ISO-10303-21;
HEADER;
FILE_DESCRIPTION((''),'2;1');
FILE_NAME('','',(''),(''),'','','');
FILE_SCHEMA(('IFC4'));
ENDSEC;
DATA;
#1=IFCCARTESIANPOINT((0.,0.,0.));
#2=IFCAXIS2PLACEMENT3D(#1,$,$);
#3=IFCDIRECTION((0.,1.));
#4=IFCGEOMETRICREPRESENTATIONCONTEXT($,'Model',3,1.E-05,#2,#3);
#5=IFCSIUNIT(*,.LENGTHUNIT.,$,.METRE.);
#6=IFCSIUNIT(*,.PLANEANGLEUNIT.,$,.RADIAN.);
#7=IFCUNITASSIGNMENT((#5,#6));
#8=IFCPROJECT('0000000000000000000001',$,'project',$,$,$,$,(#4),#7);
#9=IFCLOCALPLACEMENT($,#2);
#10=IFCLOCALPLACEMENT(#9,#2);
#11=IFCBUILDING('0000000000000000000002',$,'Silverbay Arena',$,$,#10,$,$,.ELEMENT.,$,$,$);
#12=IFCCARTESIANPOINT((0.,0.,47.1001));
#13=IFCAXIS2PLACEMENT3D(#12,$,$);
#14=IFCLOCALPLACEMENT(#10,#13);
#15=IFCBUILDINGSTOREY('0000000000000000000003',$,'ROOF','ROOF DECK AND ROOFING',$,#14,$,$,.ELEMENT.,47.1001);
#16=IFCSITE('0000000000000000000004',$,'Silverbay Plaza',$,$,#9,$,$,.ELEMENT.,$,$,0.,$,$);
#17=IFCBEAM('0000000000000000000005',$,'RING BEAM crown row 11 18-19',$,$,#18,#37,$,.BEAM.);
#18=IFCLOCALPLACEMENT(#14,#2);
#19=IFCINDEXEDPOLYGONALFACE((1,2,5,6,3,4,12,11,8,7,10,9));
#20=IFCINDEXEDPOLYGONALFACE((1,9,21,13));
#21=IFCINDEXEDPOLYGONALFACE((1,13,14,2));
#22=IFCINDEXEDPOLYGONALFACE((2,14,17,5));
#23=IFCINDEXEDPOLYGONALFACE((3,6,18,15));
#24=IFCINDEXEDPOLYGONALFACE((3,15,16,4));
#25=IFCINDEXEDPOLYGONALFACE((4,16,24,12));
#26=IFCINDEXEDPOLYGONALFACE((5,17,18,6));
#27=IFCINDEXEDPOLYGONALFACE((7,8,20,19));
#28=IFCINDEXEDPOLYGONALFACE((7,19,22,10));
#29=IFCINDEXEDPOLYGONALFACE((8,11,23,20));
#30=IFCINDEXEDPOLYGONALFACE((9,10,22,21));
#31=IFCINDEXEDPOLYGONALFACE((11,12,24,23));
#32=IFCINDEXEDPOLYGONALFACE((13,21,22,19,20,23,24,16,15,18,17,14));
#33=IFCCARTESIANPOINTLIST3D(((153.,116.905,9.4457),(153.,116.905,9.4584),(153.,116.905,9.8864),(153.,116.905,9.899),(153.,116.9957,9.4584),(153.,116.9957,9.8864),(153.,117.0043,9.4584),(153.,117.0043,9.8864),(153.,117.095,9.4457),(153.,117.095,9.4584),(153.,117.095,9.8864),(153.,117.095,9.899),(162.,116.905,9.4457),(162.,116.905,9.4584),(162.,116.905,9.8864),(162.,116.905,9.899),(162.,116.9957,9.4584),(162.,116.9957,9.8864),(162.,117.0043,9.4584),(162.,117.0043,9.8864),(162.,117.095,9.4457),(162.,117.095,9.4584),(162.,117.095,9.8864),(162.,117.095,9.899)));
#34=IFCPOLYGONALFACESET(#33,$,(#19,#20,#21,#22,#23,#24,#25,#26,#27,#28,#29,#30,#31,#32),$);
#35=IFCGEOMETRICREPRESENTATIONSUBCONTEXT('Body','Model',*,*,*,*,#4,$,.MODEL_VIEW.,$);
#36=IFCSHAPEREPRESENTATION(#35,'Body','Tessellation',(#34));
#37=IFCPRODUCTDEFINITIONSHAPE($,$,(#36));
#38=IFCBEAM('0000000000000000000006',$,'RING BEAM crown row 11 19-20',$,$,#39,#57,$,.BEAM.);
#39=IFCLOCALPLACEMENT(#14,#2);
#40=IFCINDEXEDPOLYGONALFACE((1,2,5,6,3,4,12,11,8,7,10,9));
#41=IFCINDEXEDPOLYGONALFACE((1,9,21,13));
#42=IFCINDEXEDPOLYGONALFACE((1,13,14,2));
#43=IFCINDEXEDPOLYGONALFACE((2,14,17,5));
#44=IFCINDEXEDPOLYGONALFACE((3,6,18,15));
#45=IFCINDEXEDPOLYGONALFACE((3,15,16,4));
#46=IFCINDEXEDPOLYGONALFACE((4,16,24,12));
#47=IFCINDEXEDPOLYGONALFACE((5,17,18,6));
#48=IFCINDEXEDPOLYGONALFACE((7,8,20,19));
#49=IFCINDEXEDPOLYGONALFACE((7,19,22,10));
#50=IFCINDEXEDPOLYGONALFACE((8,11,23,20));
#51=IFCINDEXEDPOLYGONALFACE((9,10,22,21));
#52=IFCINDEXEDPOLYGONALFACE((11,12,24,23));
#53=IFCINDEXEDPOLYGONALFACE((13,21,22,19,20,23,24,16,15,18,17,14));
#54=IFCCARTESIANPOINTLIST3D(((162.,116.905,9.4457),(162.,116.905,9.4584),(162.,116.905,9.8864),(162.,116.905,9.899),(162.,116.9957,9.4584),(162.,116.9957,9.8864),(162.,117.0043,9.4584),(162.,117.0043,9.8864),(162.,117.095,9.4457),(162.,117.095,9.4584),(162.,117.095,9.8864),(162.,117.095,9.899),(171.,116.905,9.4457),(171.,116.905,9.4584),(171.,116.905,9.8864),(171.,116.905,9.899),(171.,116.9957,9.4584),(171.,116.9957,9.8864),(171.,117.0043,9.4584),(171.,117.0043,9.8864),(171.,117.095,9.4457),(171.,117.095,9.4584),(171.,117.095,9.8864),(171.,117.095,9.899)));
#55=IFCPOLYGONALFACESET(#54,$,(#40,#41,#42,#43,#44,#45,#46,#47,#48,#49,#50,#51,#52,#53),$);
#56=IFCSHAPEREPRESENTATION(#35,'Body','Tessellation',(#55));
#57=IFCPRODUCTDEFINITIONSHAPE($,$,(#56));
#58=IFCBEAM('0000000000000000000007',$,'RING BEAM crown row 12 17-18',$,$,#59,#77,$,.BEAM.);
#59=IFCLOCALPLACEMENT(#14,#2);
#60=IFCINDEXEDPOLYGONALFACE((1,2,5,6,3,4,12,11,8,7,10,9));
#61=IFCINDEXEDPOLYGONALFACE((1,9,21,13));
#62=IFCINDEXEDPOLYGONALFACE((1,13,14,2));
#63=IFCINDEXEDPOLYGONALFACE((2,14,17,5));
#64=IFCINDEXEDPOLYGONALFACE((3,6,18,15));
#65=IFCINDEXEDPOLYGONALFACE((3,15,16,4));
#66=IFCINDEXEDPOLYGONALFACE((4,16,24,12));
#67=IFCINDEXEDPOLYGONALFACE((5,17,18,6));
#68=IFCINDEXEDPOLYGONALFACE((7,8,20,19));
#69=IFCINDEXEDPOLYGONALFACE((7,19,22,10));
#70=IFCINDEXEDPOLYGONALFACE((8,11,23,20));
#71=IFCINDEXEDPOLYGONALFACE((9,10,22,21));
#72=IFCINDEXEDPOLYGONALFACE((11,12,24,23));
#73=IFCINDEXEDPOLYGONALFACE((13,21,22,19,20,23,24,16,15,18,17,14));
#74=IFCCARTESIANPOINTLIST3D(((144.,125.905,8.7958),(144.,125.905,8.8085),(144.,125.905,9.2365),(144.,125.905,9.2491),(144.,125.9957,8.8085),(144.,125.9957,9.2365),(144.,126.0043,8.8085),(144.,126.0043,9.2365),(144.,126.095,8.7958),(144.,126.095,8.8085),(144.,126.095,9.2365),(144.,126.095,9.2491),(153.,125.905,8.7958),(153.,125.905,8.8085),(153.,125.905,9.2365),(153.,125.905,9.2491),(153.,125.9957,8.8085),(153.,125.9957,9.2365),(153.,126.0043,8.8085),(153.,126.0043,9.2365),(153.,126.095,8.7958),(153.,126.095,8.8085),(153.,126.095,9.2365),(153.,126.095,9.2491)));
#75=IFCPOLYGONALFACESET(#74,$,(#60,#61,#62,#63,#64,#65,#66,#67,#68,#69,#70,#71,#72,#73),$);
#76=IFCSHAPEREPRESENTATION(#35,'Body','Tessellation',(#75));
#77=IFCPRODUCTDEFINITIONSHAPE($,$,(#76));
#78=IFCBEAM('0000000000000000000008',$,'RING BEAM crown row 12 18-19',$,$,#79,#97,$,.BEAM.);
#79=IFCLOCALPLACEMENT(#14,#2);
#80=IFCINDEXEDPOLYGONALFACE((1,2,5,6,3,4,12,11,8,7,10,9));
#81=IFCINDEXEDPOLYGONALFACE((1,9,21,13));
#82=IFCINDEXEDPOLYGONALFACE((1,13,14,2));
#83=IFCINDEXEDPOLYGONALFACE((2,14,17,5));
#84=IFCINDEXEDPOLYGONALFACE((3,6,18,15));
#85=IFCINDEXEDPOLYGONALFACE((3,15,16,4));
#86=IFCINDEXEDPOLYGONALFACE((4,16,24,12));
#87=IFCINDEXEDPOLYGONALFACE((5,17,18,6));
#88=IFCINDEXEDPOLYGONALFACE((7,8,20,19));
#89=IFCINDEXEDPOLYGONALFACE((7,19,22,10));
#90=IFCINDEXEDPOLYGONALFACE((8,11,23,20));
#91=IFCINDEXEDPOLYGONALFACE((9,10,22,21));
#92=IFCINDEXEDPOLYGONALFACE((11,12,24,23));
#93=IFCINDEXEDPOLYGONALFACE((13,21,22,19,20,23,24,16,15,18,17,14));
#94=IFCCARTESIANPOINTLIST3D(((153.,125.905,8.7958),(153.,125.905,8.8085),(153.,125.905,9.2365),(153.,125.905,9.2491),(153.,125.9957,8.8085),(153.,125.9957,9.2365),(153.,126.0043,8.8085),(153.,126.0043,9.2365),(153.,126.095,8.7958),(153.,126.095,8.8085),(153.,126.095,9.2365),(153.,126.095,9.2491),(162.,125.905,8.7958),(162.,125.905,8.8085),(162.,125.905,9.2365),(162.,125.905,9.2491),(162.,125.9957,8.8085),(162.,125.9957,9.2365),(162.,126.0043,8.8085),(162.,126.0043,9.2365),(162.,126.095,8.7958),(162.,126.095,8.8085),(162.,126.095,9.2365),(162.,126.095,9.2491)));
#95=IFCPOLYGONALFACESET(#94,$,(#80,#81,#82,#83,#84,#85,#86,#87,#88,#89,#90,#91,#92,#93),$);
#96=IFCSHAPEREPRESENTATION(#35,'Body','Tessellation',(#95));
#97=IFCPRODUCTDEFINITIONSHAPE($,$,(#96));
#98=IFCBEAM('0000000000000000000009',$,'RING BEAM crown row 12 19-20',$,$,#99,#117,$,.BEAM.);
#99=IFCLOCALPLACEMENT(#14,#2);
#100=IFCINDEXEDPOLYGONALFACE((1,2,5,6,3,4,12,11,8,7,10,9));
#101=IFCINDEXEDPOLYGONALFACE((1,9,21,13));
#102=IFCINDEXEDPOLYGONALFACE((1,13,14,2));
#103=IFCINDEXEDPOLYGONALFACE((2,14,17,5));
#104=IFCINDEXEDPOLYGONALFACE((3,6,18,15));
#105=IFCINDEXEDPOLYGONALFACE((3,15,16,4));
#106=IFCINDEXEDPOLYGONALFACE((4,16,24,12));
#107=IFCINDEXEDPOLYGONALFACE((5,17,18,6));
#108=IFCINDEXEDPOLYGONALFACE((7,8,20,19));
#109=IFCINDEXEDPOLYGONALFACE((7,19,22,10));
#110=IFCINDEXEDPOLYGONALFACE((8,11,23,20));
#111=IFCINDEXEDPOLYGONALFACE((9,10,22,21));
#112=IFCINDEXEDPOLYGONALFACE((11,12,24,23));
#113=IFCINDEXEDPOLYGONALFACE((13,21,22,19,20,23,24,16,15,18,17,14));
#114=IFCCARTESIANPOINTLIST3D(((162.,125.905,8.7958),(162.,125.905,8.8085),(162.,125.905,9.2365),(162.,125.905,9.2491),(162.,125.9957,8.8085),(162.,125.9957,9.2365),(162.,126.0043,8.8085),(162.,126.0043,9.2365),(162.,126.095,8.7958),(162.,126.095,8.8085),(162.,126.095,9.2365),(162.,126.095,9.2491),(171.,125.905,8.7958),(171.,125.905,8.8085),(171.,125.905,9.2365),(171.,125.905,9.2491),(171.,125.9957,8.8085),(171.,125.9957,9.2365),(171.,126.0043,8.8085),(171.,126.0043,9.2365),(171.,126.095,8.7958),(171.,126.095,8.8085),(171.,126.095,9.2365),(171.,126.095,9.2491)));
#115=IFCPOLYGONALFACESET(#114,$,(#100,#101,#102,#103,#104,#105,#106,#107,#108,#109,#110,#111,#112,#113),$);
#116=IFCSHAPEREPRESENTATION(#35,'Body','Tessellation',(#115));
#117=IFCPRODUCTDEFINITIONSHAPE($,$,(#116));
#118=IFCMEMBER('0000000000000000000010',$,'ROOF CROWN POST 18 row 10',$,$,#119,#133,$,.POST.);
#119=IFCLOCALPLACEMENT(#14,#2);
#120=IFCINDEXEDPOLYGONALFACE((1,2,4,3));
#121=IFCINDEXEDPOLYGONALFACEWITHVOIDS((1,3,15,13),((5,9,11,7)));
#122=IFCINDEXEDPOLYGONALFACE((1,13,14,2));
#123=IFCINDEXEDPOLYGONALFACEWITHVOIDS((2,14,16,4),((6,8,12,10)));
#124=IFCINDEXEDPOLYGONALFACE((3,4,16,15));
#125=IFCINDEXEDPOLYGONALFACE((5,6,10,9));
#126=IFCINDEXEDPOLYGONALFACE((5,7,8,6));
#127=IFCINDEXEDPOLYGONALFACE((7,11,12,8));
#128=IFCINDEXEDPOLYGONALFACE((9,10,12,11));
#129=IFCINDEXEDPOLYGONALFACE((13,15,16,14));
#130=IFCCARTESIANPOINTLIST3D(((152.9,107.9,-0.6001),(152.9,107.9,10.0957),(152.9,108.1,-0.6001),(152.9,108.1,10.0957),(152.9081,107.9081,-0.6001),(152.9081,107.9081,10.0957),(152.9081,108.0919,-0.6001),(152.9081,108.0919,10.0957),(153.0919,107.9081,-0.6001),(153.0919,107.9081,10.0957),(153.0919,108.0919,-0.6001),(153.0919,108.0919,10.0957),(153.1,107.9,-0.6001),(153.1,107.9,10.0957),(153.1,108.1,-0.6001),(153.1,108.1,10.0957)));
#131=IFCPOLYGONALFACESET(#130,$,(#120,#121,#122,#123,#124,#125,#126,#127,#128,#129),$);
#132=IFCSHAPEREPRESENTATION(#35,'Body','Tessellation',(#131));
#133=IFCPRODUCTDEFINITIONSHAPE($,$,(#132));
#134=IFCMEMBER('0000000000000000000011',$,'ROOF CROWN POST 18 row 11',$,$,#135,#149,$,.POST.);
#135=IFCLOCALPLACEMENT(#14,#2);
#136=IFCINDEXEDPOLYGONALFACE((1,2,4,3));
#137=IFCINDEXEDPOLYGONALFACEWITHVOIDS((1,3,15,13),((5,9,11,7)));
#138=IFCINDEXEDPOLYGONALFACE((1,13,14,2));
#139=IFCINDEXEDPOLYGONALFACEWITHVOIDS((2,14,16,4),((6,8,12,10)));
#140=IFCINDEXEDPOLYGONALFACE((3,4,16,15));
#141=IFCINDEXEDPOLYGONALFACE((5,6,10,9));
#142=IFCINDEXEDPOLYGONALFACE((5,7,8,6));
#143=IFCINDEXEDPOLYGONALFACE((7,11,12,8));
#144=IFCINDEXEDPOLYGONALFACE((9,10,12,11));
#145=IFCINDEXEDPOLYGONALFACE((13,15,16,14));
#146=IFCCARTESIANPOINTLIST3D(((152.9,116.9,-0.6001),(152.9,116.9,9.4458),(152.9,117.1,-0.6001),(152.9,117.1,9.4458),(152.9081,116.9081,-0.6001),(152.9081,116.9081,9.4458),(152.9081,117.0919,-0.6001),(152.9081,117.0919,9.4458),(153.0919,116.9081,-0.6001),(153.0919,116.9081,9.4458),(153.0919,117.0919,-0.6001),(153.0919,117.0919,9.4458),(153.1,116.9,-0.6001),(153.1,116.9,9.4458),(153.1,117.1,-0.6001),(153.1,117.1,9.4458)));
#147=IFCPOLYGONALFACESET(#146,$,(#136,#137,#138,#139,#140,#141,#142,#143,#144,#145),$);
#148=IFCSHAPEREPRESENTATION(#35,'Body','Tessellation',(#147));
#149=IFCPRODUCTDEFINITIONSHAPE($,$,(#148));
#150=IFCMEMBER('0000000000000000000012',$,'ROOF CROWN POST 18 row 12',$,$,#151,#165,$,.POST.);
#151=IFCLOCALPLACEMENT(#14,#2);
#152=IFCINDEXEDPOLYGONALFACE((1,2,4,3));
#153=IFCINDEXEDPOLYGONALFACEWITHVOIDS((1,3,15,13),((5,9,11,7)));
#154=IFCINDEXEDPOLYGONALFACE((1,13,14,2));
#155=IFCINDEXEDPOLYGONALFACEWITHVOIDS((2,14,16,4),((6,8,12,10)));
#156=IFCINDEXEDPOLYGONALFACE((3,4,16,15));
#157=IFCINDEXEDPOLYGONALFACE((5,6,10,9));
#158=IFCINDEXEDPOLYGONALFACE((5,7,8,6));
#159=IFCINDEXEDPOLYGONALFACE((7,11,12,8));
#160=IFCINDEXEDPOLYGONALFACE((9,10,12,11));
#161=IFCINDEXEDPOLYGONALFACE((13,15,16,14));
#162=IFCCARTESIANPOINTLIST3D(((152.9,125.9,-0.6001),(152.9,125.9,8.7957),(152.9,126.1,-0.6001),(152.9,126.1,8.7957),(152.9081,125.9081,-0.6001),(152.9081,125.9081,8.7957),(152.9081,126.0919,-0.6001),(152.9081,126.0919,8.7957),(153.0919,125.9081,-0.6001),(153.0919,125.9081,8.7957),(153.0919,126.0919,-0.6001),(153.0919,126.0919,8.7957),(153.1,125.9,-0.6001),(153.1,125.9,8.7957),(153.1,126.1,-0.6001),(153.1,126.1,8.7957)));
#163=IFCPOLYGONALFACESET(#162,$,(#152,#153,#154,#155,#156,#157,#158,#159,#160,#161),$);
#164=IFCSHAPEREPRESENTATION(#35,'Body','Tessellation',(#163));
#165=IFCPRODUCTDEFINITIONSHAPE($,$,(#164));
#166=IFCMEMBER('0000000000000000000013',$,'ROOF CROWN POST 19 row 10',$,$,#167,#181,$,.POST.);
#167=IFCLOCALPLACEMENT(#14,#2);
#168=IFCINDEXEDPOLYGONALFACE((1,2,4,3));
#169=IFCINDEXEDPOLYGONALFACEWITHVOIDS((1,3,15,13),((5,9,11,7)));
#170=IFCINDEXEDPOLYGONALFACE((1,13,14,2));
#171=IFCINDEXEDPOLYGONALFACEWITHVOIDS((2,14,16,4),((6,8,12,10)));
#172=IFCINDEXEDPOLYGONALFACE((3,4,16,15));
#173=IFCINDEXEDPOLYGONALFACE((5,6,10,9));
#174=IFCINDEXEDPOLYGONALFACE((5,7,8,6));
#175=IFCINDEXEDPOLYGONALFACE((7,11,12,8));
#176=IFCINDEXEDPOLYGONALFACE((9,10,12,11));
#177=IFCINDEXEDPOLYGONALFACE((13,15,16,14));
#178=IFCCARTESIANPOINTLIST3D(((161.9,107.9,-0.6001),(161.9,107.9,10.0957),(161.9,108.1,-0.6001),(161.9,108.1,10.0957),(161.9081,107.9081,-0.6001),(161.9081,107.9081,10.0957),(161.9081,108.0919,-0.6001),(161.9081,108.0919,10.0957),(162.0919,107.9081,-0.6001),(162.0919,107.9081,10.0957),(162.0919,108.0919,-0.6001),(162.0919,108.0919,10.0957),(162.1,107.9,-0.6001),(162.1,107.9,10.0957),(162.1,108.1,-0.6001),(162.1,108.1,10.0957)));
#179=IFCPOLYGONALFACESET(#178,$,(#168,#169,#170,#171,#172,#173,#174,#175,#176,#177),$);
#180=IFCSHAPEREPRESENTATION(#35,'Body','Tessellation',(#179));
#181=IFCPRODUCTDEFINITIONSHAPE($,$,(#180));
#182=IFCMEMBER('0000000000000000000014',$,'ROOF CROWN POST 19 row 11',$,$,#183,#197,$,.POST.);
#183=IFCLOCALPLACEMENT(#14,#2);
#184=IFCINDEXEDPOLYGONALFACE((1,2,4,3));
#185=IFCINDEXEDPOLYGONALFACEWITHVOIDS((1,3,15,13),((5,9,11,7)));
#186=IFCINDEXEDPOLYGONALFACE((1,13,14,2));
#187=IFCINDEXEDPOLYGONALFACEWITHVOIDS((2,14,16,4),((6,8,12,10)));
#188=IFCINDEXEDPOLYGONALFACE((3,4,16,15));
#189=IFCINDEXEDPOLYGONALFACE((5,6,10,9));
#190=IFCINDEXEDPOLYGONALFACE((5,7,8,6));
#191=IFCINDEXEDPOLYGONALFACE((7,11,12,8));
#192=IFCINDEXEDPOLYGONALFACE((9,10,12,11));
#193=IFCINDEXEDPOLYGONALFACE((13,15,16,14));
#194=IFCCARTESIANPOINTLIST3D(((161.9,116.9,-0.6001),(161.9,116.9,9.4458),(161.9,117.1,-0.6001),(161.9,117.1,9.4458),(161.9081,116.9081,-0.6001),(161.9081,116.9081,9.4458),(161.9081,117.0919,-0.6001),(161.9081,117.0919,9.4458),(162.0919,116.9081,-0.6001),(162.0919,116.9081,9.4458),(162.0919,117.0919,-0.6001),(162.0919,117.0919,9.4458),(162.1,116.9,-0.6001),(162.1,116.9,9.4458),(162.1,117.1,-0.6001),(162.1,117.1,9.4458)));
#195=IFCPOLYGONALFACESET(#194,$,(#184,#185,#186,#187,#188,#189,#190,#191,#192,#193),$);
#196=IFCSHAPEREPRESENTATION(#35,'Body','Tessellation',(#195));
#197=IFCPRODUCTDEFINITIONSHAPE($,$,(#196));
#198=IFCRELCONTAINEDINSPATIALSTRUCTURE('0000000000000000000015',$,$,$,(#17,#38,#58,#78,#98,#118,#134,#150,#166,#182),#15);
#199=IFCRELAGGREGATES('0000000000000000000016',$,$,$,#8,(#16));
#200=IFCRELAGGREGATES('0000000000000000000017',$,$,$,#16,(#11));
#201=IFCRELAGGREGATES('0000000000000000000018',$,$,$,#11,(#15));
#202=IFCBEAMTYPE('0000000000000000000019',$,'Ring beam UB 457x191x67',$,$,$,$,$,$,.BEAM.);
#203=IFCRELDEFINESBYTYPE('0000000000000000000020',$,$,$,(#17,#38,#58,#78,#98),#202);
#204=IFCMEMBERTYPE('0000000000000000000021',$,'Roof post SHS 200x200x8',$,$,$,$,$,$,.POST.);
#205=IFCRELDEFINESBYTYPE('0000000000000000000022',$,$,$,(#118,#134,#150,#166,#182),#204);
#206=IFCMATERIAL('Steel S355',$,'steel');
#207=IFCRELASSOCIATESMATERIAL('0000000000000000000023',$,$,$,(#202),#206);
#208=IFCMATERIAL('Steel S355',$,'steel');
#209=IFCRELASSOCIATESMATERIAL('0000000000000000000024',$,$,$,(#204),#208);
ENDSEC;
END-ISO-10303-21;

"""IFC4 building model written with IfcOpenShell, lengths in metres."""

from ifc_helpers import new_model, si_unit, direction, frame, origin, origin_2d, place, context, subcontext, project, spatial, hollow_rectangle, i_section, extrude, material, material_profile, profile_set, type_object, element, save


model = new_model("IFC4")

# Units and contexts
model_context = context("Model", 3, precision=1e-05, world=origin(), true_north=direction((0.0, 1.0)))
body_context = subcontext(model_context, "Body", "Model", "MODEL_VIEW")
ifc_project = project(units=[si_unit("LENGTHUNIT", "METRE"), si_unit("PLANEANGLEUNIT", "RADIAN")], contexts=[model_context])

# Site, building, storey
site_placement = place(None, origin())
site = spatial("IfcSite", under=ifc_project, at=site_placement, Name="Silverbay Plaza", CompositionType="ELEMENT", RefElevation=0.0)
building_placement = place(site_placement, origin())
building = spatial("IfcBuilding", under=site, at=building_placement, Name="Silverbay Arena", CompositionType="ELEMENT")
storey_placement = place(building_placement, frame((0.0, 0.0, 47.1001)))
storey = spatial("IfcBuildingStorey", under=building, at=storey_placement, Name="ROOF", Description="ROOF DECK AND ROOFING", CompositionType="ELEMENT", Elevation=47.1001)

# Beams
ifc_material_1 = material(Name="Steel S355", Category="steel")
ifc_material_profile_1 = material_profile(ifc_material_1, i_section(OverallWidth=0.1899, OverallDepth=0.4534, WebThickness=0.0085, FlangeThickness=0.0127, at=origin_2d()), Name="UB 457x191x67")
ifc_profile_set_1 = profile_set([ifc_material_profile_1], Name="Steel S355")
beam_type = type_object("IfcBeamType", Name="Ring beam UB 457x191x67", PredefinedType="BEAM", material=ifc_profile_set_1)
for number, where, z_axis, x_axis, name in (
    (1, (153.0, 117.0, 9.6724), (1.0, 0.0, 0.0), (0.0, 1.0, 0.0), "RING BEAM crown row 11 18-19"),
    (2, (162.0, 117.0, 9.6724), (1.0, 0.0, 0.0), (0.0, 1.0, 0.0), "RING BEAM crown row 11 19-20"),
    (3, (144.0, 126.0, 9.0225), (1.0, 0.0, 0.0), (0.0, 1.0, 0.0), "RING BEAM crown row 12 17-18"),
    (4, (153.0, 126.0, 9.0225), (1.0, 0.0, 0.0), (0.0, 1.0, 0.0), "RING BEAM crown row 12 18-19"),
    (5, (162.0, 126.0, 9.0225), (1.0, 0.0, 0.0), (0.0, 1.0, 0.0), "RING BEAM crown row 12 19-20"),
):
    element("IfcBeam", number, at=place(storey_placement, frame(where, z_axis=z_axis, x_axis=x_axis)), inside=storey, type_object=beam_type, Name=name, PredefinedType="BEAM", context=body_context, shape_type="SweptSolid", body=[
        extrude(i_section(OverallWidth=0.1899, OverallDepth=0.4534, WebThickness=0.0085, FlangeThickness=0.0127, at=origin_2d()), origin(), (0.0, 0.0, 1.0), 9.0),
    ])

# Members
ifc_material_2 = material(Name="Steel S355", Category="steel")
ifc_material_profile_2 = material_profile(ifc_material_2, hollow_rectangle(XDim=0.2, YDim=0.2, WallThickness=0.0081, at=origin_2d()), Name="SHS 200x200x8")
ifc_profile_set_2 = profile_set([ifc_material_profile_2], Name="Steel S355")
member_type_1 = type_object("IfcMemberType", Name="Roof post SHS 200x200x8", PredefinedType="POST", material=ifc_profile_set_2)
member_1_placement = place(storey_placement, frame((153.0, 108.0, -0.6001), z_axis=(0.0, 0.0, 1.0), x_axis=(1.0, 0.0, 0.0)))
element("IfcMember", 6, at=member_1_placement, inside=storey, type_object=member_type_1, Name="ROOF CROWN POST 18 row 10", PredefinedType="POST", context=body_context, shape_type="SweptSolid", body=[
    extrude(hollow_rectangle(XDim=0.2, YDim=0.2, WallThickness=0.0081, at=origin_2d()), origin(), (0.0, 0.0, 1.0), 10.6958),
])
member_2_placement = place(storey_placement, frame((153.0, 117.0, -0.6001), z_axis=(0.0, 0.0, 1.0), x_axis=(1.0, 0.0, 0.0)))
element("IfcMember", 7, at=member_2_placement, inside=storey, type_object=member_type_1, Name="ROOF CROWN POST 18 row 11", PredefinedType="POST", context=body_context, shape_type="SweptSolid", body=[
    extrude(hollow_rectangle(XDim=0.2, YDim=0.2, WallThickness=0.0081, at=origin_2d()), origin(), (0.0, 0.0, 1.0), 10.0459),
])
member_3_placement = place(storey_placement, frame((153.0, 126.0, -0.6001), z_axis=(0.0, 0.0, 1.0), x_axis=(1.0, 0.0, 0.0)))
element("IfcMember", 8, at=member_3_placement, inside=storey, type_object=member_type_1, Name="ROOF CROWN POST 18 row 12", PredefinedType="POST", context=body_context, shape_type="SweptSolid", body=[
    extrude(hollow_rectangle(XDim=0.2, YDim=0.2, WallThickness=0.0081, at=origin_2d()), origin(), (0.0, 0.0, 1.0), 9.3958),
])
member_4_placement = place(storey_placement, frame((162.0, 108.0, -0.6001), z_axis=(0.0, 0.0, 1.0), x_axis=(1.0, 0.0, 0.0)))
element("IfcMember", 9, at=member_4_placement, inside=storey, type_object=member_type_1, Name="ROOF CROWN POST 19 row 10", PredefinedType="POST", context=body_context, shape_type="SweptSolid", body=[
    extrude(hollow_rectangle(XDim=0.2, YDim=0.2, WallThickness=0.0081, at=origin_2d()), origin(), (0.0, 0.0, 1.0), 10.6958),
])
member_5_placement = place(storey_placement, frame((162.0, 117.0, -0.6001), z_axis=(0.0, 0.0, 1.0), x_axis=(1.0, 0.0, 0.0)))
element("IfcMember", 10, at=member_5_placement, inside=storey, type_object=member_type_1, Name="ROOF CROWN POST 19 row 11", PredefinedType="POST", context=body_context, shape_type="SweptSolid", body=[
    extrude(hollow_rectangle(XDim=0.2, YDim=0.2, WallThickness=0.0081, at=origin_2d()), origin(), (0.0, 0.0, 1.0), 10.0459),
])

save(model, "model.ifc")
